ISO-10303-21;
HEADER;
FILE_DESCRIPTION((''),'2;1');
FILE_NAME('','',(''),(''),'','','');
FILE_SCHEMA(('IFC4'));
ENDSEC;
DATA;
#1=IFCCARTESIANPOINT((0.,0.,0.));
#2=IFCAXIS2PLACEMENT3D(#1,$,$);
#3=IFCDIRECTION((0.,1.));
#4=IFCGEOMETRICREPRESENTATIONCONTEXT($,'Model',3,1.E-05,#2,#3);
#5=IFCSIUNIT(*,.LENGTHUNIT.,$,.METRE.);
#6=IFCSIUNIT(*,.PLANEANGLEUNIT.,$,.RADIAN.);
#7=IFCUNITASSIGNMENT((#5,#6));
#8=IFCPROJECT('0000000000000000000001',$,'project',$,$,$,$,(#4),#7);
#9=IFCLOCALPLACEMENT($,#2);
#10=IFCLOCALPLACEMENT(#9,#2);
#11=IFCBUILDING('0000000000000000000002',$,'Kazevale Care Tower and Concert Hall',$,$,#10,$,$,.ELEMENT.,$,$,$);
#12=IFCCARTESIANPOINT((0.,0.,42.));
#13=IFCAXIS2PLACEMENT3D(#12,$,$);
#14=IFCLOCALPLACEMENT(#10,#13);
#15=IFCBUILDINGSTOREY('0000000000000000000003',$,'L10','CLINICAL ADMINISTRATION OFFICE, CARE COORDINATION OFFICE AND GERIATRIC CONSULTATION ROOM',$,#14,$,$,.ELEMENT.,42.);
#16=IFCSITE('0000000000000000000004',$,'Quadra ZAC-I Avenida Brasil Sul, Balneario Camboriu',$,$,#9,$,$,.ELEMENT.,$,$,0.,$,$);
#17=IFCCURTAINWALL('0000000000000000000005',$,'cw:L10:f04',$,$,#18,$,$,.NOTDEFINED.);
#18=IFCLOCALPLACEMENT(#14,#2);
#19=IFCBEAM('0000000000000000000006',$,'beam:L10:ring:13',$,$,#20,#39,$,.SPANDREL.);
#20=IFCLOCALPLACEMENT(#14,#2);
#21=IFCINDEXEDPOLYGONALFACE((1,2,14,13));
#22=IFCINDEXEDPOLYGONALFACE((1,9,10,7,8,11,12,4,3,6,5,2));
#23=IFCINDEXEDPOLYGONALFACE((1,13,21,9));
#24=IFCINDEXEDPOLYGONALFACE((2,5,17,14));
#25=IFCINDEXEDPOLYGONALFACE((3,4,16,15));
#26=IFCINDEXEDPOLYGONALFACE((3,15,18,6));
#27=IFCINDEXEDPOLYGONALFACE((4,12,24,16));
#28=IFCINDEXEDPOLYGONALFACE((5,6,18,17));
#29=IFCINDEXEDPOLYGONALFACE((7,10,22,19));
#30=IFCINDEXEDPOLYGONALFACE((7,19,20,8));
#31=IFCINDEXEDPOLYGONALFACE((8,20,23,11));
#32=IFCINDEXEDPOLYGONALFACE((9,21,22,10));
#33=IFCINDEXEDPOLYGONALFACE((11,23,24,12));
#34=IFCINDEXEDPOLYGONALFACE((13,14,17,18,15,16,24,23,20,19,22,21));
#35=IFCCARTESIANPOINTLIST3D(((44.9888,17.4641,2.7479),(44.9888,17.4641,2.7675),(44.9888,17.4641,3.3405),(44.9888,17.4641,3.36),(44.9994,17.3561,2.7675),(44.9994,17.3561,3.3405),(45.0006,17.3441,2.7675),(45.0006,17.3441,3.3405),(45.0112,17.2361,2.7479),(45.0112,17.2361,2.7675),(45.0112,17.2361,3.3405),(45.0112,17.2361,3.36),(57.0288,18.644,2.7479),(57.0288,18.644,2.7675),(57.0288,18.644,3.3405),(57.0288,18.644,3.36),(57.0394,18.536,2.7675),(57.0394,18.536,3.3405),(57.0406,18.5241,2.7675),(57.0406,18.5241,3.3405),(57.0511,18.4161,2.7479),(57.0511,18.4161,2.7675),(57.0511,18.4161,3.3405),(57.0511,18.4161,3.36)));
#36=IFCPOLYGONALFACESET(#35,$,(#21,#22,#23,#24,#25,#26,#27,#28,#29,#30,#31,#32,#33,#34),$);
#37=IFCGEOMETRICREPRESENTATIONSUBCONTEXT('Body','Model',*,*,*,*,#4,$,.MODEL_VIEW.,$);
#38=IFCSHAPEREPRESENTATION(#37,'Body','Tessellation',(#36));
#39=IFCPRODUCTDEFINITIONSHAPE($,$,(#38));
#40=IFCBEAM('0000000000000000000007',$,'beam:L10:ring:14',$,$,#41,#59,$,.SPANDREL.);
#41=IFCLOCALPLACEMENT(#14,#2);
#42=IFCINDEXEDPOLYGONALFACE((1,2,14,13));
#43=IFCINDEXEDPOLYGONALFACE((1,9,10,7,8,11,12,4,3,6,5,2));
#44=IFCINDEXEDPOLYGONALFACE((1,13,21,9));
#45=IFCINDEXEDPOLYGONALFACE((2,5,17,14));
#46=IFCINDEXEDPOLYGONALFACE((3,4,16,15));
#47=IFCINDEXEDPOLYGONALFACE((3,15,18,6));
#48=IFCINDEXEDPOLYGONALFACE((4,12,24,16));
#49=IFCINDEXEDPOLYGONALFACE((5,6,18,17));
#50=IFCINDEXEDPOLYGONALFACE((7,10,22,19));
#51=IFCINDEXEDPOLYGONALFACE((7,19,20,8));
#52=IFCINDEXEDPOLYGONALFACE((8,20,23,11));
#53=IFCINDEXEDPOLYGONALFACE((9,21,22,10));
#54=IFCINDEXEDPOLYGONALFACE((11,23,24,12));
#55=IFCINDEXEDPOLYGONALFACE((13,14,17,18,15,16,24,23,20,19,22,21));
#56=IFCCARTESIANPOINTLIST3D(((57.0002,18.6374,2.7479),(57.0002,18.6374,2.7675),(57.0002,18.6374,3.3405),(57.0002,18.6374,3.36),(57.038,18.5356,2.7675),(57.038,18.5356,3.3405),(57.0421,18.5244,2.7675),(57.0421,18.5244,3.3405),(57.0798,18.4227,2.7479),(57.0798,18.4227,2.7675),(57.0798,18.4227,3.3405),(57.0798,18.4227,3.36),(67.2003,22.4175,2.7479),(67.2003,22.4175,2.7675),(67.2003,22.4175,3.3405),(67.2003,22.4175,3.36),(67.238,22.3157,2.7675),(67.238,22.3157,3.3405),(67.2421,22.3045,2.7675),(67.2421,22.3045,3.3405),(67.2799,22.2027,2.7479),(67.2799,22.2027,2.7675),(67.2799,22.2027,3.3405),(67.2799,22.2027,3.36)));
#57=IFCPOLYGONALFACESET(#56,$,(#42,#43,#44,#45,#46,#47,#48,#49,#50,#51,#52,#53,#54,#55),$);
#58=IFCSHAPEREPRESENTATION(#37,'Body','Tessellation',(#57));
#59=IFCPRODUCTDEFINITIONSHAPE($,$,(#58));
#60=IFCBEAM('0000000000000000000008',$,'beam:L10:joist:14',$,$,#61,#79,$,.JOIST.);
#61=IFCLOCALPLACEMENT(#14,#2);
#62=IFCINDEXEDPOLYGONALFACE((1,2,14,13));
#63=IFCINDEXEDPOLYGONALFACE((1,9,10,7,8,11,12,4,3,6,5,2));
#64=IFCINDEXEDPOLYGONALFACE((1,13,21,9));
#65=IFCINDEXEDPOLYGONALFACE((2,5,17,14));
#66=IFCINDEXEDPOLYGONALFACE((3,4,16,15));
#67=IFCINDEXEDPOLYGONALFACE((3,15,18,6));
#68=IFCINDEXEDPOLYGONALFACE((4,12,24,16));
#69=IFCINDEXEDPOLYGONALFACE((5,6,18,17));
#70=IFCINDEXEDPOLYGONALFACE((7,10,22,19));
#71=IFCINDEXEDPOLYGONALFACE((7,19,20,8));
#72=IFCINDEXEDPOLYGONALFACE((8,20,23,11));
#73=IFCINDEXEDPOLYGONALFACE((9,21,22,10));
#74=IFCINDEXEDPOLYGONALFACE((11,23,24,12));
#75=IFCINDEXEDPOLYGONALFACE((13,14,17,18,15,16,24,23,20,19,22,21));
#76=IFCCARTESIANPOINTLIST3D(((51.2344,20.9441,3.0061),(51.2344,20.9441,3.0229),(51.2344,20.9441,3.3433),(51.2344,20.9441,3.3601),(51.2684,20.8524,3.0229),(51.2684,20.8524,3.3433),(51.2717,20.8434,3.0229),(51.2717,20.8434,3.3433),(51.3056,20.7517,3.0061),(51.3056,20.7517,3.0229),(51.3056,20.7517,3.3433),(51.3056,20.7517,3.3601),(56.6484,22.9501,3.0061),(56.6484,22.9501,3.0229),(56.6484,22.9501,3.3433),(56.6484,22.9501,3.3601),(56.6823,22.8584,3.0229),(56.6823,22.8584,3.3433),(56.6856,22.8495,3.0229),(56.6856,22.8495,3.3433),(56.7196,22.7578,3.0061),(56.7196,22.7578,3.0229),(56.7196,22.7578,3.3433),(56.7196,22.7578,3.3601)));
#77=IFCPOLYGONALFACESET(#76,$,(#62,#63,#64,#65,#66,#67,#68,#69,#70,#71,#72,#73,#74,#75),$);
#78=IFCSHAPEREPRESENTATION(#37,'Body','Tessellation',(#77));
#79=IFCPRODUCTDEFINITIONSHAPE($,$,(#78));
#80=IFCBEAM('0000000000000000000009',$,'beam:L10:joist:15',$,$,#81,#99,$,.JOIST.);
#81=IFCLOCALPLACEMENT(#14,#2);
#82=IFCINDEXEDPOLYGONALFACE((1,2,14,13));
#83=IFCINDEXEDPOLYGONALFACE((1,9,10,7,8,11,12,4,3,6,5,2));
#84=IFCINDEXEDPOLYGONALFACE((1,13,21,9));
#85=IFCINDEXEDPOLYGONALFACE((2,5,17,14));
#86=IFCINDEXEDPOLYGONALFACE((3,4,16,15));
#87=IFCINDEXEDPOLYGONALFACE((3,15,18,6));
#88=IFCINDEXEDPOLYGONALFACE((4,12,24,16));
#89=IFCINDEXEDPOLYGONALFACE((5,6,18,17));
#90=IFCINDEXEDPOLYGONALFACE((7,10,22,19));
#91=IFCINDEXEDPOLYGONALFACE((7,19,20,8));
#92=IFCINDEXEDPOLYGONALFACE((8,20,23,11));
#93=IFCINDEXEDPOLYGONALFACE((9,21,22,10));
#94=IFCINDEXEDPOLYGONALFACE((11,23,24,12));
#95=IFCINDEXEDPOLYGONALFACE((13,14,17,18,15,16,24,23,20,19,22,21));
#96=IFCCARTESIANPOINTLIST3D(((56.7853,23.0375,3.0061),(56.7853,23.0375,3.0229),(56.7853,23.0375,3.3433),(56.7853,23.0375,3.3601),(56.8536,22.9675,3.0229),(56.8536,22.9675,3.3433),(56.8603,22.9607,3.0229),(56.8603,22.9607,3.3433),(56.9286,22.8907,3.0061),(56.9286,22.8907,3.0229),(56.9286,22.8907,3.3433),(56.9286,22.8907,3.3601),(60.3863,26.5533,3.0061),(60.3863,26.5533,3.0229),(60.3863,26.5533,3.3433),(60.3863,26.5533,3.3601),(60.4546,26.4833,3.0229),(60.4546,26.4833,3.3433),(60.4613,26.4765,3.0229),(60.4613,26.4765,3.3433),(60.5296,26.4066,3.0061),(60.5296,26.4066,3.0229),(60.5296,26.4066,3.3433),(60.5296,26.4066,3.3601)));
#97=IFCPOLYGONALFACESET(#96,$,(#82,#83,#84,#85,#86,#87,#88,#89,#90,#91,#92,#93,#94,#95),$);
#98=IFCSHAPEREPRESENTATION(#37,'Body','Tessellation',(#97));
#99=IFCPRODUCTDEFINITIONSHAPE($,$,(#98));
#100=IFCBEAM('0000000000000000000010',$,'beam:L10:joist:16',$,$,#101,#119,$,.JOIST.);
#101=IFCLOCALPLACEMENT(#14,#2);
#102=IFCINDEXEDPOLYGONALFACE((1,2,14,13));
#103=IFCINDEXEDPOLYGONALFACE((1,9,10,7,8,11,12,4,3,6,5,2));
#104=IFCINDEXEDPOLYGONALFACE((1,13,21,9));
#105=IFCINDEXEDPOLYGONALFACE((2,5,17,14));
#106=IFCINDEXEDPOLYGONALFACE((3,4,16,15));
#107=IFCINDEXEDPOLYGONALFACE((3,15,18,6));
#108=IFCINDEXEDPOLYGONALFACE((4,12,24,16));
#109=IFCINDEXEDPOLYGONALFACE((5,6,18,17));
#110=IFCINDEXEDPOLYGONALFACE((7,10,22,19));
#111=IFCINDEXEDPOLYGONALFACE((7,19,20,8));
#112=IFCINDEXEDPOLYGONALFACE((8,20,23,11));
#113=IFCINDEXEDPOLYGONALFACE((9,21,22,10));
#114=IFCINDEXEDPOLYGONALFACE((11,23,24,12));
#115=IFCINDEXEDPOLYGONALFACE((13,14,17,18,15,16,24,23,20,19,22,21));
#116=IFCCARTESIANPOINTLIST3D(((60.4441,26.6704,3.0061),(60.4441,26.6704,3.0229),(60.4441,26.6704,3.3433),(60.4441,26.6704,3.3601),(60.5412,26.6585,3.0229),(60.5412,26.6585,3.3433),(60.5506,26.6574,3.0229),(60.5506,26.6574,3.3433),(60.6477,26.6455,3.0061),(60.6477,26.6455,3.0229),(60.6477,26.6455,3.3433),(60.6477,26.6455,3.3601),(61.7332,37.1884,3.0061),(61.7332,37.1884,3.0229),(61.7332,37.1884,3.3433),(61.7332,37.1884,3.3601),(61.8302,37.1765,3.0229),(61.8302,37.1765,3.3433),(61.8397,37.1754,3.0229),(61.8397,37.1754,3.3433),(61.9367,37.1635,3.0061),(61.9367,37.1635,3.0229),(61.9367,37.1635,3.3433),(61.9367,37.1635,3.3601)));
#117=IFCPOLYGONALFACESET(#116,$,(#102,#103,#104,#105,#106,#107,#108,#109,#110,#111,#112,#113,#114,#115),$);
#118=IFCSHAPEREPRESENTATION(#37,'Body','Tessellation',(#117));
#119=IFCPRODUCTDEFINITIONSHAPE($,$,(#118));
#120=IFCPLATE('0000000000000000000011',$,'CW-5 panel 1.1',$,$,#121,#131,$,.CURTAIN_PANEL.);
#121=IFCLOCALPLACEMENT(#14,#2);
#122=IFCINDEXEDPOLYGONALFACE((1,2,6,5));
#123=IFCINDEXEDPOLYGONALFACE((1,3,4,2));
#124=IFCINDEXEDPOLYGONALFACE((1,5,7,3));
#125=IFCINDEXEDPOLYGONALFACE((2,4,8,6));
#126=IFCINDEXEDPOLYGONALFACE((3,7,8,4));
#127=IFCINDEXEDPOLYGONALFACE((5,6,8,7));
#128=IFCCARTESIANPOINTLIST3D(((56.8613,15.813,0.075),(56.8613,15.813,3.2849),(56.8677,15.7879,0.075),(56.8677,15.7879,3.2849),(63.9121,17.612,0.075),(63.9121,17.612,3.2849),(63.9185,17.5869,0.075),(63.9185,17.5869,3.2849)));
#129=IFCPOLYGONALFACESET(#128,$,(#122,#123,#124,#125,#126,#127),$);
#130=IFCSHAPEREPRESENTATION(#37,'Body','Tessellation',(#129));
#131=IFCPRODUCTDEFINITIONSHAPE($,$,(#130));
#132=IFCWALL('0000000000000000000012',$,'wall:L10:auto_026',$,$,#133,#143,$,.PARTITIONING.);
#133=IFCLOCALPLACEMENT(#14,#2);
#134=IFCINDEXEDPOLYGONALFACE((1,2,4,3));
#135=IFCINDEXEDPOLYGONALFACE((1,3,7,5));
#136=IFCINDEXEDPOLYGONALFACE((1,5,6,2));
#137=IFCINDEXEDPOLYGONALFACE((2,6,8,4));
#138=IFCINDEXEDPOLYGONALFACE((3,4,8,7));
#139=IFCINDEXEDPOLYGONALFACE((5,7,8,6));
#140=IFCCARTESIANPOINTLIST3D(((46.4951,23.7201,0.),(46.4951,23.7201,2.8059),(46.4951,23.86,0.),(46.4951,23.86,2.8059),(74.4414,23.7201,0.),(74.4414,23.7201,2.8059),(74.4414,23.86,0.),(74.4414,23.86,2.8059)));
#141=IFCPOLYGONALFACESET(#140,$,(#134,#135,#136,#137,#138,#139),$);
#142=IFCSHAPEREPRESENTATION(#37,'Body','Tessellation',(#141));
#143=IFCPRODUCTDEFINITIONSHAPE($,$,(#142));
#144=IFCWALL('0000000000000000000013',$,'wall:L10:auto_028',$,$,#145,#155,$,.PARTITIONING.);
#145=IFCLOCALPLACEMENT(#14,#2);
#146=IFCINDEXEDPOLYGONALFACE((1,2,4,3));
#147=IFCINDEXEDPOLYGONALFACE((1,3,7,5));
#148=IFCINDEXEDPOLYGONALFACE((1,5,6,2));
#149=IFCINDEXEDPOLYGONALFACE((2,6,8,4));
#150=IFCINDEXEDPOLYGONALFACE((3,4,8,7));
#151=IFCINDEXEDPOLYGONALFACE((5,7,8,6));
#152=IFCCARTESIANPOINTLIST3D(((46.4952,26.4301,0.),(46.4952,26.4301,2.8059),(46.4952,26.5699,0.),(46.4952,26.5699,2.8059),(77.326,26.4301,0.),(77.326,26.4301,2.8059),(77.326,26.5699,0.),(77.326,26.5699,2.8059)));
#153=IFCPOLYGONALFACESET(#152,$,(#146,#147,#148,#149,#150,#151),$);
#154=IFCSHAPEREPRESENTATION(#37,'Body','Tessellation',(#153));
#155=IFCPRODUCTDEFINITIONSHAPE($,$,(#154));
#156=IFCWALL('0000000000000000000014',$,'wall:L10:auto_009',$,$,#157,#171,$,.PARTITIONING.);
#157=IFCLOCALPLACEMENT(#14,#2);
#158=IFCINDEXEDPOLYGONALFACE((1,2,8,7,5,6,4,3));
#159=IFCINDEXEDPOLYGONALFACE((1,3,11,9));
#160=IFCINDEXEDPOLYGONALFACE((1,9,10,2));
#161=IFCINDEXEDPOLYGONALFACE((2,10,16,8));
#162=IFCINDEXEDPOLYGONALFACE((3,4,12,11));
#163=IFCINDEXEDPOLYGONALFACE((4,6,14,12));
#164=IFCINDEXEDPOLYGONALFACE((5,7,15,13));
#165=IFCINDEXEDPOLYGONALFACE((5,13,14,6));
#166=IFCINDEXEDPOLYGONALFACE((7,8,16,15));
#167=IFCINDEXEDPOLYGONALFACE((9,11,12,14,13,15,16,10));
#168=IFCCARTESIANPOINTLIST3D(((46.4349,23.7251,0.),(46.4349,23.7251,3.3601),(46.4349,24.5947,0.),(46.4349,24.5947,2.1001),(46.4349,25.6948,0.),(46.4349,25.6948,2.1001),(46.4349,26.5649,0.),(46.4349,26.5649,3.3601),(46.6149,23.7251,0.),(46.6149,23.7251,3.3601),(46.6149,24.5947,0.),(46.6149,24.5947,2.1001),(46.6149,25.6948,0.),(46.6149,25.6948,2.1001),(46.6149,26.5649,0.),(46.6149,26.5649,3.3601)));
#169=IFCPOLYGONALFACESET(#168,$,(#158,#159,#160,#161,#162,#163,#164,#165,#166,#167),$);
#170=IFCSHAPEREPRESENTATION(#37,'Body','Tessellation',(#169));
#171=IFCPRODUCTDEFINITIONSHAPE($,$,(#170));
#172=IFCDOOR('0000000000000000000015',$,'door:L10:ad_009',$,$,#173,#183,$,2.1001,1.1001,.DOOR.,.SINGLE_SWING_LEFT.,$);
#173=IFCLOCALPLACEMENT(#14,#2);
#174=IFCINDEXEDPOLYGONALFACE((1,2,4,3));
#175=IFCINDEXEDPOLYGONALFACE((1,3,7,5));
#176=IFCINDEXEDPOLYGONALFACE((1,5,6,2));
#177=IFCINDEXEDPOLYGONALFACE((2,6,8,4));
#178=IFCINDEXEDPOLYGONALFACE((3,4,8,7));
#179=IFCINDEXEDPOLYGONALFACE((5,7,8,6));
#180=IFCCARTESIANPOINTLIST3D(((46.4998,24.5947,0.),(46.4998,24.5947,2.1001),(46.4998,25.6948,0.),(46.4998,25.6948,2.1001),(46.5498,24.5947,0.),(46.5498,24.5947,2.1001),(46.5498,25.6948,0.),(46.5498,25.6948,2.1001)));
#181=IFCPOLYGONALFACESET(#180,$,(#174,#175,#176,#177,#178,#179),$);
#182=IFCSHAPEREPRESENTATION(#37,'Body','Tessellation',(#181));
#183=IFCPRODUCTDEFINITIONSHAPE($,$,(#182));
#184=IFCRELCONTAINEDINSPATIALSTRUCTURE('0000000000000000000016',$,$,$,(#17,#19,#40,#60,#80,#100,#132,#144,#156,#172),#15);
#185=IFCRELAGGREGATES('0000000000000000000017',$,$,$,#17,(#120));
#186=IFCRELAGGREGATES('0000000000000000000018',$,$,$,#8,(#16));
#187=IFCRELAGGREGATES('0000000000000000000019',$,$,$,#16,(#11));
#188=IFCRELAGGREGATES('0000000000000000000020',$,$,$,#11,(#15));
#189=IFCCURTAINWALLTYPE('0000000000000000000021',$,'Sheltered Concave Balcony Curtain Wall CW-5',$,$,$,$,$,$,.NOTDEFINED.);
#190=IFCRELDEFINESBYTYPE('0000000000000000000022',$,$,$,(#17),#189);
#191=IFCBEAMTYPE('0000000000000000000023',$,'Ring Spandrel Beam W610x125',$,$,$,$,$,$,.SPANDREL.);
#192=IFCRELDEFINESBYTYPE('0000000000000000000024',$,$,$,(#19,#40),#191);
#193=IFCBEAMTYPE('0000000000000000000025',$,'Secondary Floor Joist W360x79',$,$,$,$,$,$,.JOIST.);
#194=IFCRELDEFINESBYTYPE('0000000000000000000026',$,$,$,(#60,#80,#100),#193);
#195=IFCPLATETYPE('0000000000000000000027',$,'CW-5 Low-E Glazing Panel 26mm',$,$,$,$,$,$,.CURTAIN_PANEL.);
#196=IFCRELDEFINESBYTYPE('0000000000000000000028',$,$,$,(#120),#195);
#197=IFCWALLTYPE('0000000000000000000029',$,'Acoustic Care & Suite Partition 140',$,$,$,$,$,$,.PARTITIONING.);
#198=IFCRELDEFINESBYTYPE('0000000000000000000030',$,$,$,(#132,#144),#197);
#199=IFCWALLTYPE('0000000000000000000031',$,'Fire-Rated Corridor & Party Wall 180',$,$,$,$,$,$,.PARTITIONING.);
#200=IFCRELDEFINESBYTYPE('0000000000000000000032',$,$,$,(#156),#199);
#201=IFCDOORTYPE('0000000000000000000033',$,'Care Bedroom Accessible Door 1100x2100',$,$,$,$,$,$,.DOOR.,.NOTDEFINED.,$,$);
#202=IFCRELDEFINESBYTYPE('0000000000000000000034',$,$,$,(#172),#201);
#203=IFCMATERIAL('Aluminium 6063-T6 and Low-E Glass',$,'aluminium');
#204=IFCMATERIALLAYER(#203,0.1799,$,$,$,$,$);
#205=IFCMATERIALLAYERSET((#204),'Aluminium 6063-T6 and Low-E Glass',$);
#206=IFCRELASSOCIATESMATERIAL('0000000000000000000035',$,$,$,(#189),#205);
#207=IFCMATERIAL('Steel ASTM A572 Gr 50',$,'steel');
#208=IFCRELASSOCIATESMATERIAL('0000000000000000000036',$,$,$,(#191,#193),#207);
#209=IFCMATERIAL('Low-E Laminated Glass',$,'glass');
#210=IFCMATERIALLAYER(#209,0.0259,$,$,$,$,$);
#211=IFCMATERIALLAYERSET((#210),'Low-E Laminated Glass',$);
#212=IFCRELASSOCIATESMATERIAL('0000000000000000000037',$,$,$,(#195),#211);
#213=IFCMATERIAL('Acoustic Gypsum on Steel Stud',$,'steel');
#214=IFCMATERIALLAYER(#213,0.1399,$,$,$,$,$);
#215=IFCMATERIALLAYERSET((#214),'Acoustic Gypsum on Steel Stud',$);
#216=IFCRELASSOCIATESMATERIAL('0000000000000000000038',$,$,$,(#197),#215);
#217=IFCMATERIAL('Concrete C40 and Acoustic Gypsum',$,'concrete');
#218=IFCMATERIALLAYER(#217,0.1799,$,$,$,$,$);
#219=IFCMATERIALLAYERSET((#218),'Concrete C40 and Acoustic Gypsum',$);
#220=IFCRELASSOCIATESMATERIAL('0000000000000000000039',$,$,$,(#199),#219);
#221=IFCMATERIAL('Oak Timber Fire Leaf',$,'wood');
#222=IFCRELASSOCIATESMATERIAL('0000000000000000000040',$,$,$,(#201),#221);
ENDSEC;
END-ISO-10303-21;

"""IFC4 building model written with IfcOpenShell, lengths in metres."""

from ifc_helpers import new_model, si_unit, direction, frame, frame_2d, origin, origin_2d, place, context, subcontext, project, spatial, rectangle, i_section, extrude, material, layer, layer_set, material_profile, profile_set, type_object, element, fill, aggregate, save


model = new_model("IFC4")

# Units and contexts
model_context = context("Model", 3, precision=1e-05, world=origin(), true_north=direction((0.0, 1.0)))
body_context = subcontext(model_context, "Body", "Model", "MODEL_VIEW")
ifc_project = project(units=[si_unit("LENGTHUNIT", "METRE"), si_unit("PLANEANGLEUNIT", "RADIAN")], contexts=[model_context])

# Site, building, storey
site_placement = place(None, origin())
site = spatial("IfcSite", under=ifc_project, at=site_placement, Name="Quadra ZAC-I Avenida Brasil Sul, Balneario Camboriu", CompositionType="ELEMENT", RefElevation=0.0)
building_placement = place(site_placement, origin())
building = spatial("IfcBuilding", under=site, at=building_placement, Name="Kazevale Care Tower and Concert Hall", CompositionType="ELEMENT")
storey_placement = place(building_placement, frame((0.0, 0.0, 42.0)))
storey = spatial("IfcBuildingStorey", under=building, at=storey_placement, Name="L10", Description="CLINICAL ADMINISTRATION OFFICE, CARE COORDINATION OFFICE AND GERIATRIC CONSULTATION ROOM", CompositionType="ELEMENT", Elevation=42.0)

# Curtain wall
ifc_material_1 = material(Name="Aluminium 6063-T6 and Low-E Glass", Category="aluminium")
ifc_layer_1 = layer(ifc_material_1, 0.1799)
ifc_layer_set_1 = layer_set([ifc_layer_1], Name="Aluminium 6063-T6 and Low-E Glass")
curtain_wall_type = type_object("IfcCurtainWallType", Name="Sheltered Concave Balcony Curtain Wall CW-5", PredefinedType="NOTDEFINED", material=ifc_layer_set_1)
curtain_wall_1_placement = place(storey_placement, origin())
curtain_wall_1 = element("IfcCurtainWall", 1, at=curtain_wall_1_placement, inside=storey, type_object=curtain_wall_type, Name="cw:L10:f04", PredefinedType="NOTDEFINED")

# Beams
ifc_material_2 = material(Name="Steel ASTM A572 Gr 50", Category="steel")
ifc_material_profile_1 = material_profile(ifc_material_2, i_section(OverallWidth=0.229, OverallDepth=0.6121, WebThickness=0.012, FlangeThickness=0.0195, at=origin_2d()), Name="W610x125")
ifc_profile_set_1 = profile_set([ifc_material_profile_1], Name="Steel ASTM A572 Gr 50")
beam_type_1 = type_object("IfcBeamType", Name="Ring Spandrel Beam W610x125", PredefinedType="SPANDREL", material=ifc_profile_set_1)
beam_1_placement = place(storey_placement, frame((45.0, 17.3501, 3.054), z_axis=(0.995232, 0.097533, 0.0), x_axis=(-0.097533, 0.995232, 0.0)))
element("IfcBeam", 2, at=beam_1_placement, inside=storey, type_object=beam_type_1, Name="beam:L10:ring:13", PredefinedType="SPANDREL", context=body_context, shape_type="SweptSolid", body=[
    extrude(i_section(OverallWidth=0.229, OverallDepth=0.6121, WebThickness=0.012, FlangeThickness=0.0195, at=origin_2d()), origin(), (0.0, 0.0, 1.0), 12.0977),
])
beam_2_placement = place(storey_placement, frame((57.04, 18.53, 3.054), z_axis=(0.937681, 0.347498, 0.0), x_axis=(-0.347498, 0.937681, 0.0)))
element("IfcBeam", 3, at=beam_2_placement, inside=storey, type_object=beam_type_1, Name="beam:L10:ring:14", PredefinedType="SPANDREL", context=body_context, shape_type="SweptSolid", body=[
    extrude(i_section(OverallWidth=0.229, OverallDepth=0.6121, WebThickness=0.012, FlangeThickness=0.0195, at=origin_2d()), origin(), (0.0, 0.0, 1.0), 10.8779),
])
ifc_material_profile_2 = material_profile(ifc_material_2, i_section(OverallWidth=0.2051, OverallDepth=0.354, WebThickness=0.0095, FlangeThickness=0.0168, at=origin_2d()), Name="W360x79")
ifc_profile_set_2 = profile_set([ifc_material_profile_2], Name="Steel ASTM A572 Gr 50")
beam_type_2 = type_object("IfcBeamType", Name="Secondary Floor Joist W360x79", PredefinedType="JOIST", material=ifc_profile_set_2)
beam_3_placement = place(storey_placement, frame((51.27, 20.8479, 3.1831), z_axis=(0.937698, 0.347451, 0.0), x_axis=(-0.347451, 0.937698, 0.0)))
element("IfcBeam", 4, at=beam_3_placement, inside=storey, type_object=beam_type_2, Name="beam:L10:joist:14", PredefinedType="JOIST", context=body_context, shape_type="SweptSolid", body=[
    extrude(i_section(OverallWidth=0.2051, OverallDepth=0.354, WebThickness=0.0095, FlangeThickness=0.0168, at=origin_2d()), origin(), (0.0, 0.0, 1.0), 5.7737),
])
beam_4_placement = place(storey_placement, frame((56.8569, 22.9641, 3.1831), z_axis=(0.715521, 0.698591, 0.0), x_axis=(-0.698591, 0.715521, 0.0)))
element("IfcBeam", 5, at=beam_4_placement, inside=storey, type_object=beam_type_2, Name="beam:L10:joist:15", PredefinedType="JOIST", context=body_context, shape_type="SweptSolid", body=[
    extrude(i_section(OverallWidth=0.2051, OverallDepth=0.354, WebThickness=0.0095, FlangeThickness=0.0168, at=origin_2d()), origin(), (0.0, 0.0, 1.0), 5.0327),
])
beam_5_placement = place(storey_placement, frame((60.5459, 26.658, 3.1831), z_axis=(0.121647, 0.992573, 0.0), x_axis=(-0.992573, 0.121647, 0.0)))
element("IfcBeam", 6, at=beam_5_placement, inside=storey, type_object=beam_type_2, Name="beam:L10:joist:16", PredefinedType="JOIST", context=body_context, shape_type="SweptSolid", body=[
    extrude(i_section(OverallWidth=0.2051, OverallDepth=0.354, WebThickness=0.0095, FlangeThickness=0.0168, at=origin_2d()), origin(), (0.0, 0.0, 1.0), 10.5967),
])

# Plate
ifc_material_3 = material(Name="Low-E Laminated Glass", Category="glass")
ifc_layer_2 = layer(ifc_material_3, 0.0259)
ifc_layer_set_2 = layer_set([ifc_layer_2], Name="Low-E Laminated Glass")
plate_type = type_object("IfcPlateType", Name="CW-5 Low-E Glazing Panel 26mm", PredefinedType="CURTAIN_PANEL", material=ifc_layer_set_2)
plate_placement = place(storey_placement, frame((60.3899, 16.7, 0.075), z_axis=(0.0, 0.0, 1.0), x_axis=(-0.968959, -0.247222, 0.0)))
plate = element("IfcPlate", 7, at=plate_placement, type_object=plate_type, Name="CW-5 panel 1.1", PredefinedType="CURTAIN_PANEL", context=body_context, shape_type="SweptSolid", body=[
    extrude(rectangle(XDim=7.2766, YDim=0.0259, at=origin_2d()), origin(), (0.0, 0.0, 1.0), 3.21),
])
aggregate(curtain_wall_1, [plate])

# Walls
ifc_material_4 = material(Name="Acoustic Gypsum on Steel Stud", Category="steel")
ifc_layer_3 = layer(ifc_material_4, 0.1399)
ifc_layer_set_3 = layer_set([ifc_layer_3], Name="Acoustic Gypsum on Steel Stud")
wall_type_1 = type_object("IfcWallType", Name="Acoustic Care & Suite Partition 140", PredefinedType="PARTITIONING", material=ifc_layer_set_3)
wall_1_placement = place(storey_placement, frame((46.4951, 23.79, 0.0), z_axis=(0.0, 0.0, 1.0), x_axis=(1.0, 0.0, 0.0)))
element("IfcWall", 8, at=wall_1_placement, inside=storey, type_object=wall_type_1, Name="wall:L10:auto_026", PredefinedType="PARTITIONING", context=body_context, shape_type="SweptSolid", body=[
    extrude(rectangle(XDim=27.9463, YDim=0.1399, at=frame_2d((13.9731, 0.0))), origin(), (0.0, 0.0, 1.0), 2.8059),
])
wall_2_placement = place(storey_placement, frame((46.4951, 26.5, 0.0), z_axis=(0.0, 0.0, 1.0), x_axis=(1.0, 0.0, 0.0)))
element("IfcWall", 9, at=wall_2_placement, inside=storey, type_object=wall_type_1, Name="wall:L10:auto_028", PredefinedType="PARTITIONING", context=body_context, shape_type="SweptSolid", body=[
    extrude(rectangle(XDim=30.8308, YDim=0.1399, at=frame_2d((15.4155, 0.0))), origin(), (0.0, 0.0, 1.0), 2.8059),
])

# Wall, opening, door
ifc_material_5 = material(Name="Concrete C40 and Acoustic Gypsum", Category="concrete")
ifc_layer_4 = layer(ifc_material_5, 0.1799)
ifc_layer_set_4 = layer_set([ifc_layer_4], Name="Concrete C40 and Acoustic Gypsum")
wall_type_2 = type_object("IfcWallType", Name="Fire-Rated Corridor & Party Wall 180", PredefinedType="PARTITIONING", material=ifc_layer_set_4)
ifc_material_6 = material(Name="Oak Timber Fire Leaf", Category="wood")
wall_3_placement = place(storey_placement, frame((46.5249, 26.5649, 0.0), z_axis=(0.0, 0.0, 1.0), x_axis=(0.0, -1.0, 0.0)))
wall_3 = element("IfcWall", 10, at=wall_3_placement, inside=storey, type_object=wall_type_2, Name="wall:L10:auto_009", PredefinedType="PARTITIONING", context=body_context, shape_type="SweptSolid", body=[
    extrude(rectangle(XDim=2.8398, YDim=0.1799, at=frame_2d((1.4199, 0.0))), origin(), (0.0, 0.0, 1.0), 3.3601),
])
opening_1_placement = place(wall_3_placement, frame((0.8701, 0.0, 0.0)))
opening_1 = element("IfcOpeningElement", 11, at=opening_1_placement, cuts=wall_3, PredefinedType="OPENING", context=body_context, shape_type="SweptSolid", body=[
    extrude(rectangle(XDim=1.1001, YDim=2.1001, at=frame_2d((0.55, 1.05))), frame((0.0, 0.0999, 0.0), z_axis=(0.0, -1.0, 0.0), x_axis=(1.0, 0.0, 0.0)), (0.0, 0.0, 1.0), 0.2),
])
door_type_1 = type_object("IfcDoorType", Name="Care Bedroom Accessible Door 1100x2100", OperationType="NOTDEFINED", PredefinedType="DOOR", material=ifc_material_6)
door_1_placement = place(opening_1_placement, origin())
door_1 = element("IfcDoor", 12, at=door_1_placement, inside=storey, type_object=door_type_1, Name="door:L10:ad_009", OperationType="SINGLE_SWING_LEFT", OverallHeight=2.1001, OverallWidth=1.1001, PredefinedType="DOOR", context=body_context, shape_type="SweptSolid", body=[
    extrude(rectangle(XDim=1.1001, YDim=2.1001, at=frame_2d((0.55, 1.05))), frame((0.0, 0.0249, 0.0), z_axis=(0.0, -1.0, 0.0), x_axis=(1.0, 0.0, 0.0)), (0.0, 0.0, 1.0), 0.05),
])
fill(opening_1, door_1)

save(model, "model.ifc")
